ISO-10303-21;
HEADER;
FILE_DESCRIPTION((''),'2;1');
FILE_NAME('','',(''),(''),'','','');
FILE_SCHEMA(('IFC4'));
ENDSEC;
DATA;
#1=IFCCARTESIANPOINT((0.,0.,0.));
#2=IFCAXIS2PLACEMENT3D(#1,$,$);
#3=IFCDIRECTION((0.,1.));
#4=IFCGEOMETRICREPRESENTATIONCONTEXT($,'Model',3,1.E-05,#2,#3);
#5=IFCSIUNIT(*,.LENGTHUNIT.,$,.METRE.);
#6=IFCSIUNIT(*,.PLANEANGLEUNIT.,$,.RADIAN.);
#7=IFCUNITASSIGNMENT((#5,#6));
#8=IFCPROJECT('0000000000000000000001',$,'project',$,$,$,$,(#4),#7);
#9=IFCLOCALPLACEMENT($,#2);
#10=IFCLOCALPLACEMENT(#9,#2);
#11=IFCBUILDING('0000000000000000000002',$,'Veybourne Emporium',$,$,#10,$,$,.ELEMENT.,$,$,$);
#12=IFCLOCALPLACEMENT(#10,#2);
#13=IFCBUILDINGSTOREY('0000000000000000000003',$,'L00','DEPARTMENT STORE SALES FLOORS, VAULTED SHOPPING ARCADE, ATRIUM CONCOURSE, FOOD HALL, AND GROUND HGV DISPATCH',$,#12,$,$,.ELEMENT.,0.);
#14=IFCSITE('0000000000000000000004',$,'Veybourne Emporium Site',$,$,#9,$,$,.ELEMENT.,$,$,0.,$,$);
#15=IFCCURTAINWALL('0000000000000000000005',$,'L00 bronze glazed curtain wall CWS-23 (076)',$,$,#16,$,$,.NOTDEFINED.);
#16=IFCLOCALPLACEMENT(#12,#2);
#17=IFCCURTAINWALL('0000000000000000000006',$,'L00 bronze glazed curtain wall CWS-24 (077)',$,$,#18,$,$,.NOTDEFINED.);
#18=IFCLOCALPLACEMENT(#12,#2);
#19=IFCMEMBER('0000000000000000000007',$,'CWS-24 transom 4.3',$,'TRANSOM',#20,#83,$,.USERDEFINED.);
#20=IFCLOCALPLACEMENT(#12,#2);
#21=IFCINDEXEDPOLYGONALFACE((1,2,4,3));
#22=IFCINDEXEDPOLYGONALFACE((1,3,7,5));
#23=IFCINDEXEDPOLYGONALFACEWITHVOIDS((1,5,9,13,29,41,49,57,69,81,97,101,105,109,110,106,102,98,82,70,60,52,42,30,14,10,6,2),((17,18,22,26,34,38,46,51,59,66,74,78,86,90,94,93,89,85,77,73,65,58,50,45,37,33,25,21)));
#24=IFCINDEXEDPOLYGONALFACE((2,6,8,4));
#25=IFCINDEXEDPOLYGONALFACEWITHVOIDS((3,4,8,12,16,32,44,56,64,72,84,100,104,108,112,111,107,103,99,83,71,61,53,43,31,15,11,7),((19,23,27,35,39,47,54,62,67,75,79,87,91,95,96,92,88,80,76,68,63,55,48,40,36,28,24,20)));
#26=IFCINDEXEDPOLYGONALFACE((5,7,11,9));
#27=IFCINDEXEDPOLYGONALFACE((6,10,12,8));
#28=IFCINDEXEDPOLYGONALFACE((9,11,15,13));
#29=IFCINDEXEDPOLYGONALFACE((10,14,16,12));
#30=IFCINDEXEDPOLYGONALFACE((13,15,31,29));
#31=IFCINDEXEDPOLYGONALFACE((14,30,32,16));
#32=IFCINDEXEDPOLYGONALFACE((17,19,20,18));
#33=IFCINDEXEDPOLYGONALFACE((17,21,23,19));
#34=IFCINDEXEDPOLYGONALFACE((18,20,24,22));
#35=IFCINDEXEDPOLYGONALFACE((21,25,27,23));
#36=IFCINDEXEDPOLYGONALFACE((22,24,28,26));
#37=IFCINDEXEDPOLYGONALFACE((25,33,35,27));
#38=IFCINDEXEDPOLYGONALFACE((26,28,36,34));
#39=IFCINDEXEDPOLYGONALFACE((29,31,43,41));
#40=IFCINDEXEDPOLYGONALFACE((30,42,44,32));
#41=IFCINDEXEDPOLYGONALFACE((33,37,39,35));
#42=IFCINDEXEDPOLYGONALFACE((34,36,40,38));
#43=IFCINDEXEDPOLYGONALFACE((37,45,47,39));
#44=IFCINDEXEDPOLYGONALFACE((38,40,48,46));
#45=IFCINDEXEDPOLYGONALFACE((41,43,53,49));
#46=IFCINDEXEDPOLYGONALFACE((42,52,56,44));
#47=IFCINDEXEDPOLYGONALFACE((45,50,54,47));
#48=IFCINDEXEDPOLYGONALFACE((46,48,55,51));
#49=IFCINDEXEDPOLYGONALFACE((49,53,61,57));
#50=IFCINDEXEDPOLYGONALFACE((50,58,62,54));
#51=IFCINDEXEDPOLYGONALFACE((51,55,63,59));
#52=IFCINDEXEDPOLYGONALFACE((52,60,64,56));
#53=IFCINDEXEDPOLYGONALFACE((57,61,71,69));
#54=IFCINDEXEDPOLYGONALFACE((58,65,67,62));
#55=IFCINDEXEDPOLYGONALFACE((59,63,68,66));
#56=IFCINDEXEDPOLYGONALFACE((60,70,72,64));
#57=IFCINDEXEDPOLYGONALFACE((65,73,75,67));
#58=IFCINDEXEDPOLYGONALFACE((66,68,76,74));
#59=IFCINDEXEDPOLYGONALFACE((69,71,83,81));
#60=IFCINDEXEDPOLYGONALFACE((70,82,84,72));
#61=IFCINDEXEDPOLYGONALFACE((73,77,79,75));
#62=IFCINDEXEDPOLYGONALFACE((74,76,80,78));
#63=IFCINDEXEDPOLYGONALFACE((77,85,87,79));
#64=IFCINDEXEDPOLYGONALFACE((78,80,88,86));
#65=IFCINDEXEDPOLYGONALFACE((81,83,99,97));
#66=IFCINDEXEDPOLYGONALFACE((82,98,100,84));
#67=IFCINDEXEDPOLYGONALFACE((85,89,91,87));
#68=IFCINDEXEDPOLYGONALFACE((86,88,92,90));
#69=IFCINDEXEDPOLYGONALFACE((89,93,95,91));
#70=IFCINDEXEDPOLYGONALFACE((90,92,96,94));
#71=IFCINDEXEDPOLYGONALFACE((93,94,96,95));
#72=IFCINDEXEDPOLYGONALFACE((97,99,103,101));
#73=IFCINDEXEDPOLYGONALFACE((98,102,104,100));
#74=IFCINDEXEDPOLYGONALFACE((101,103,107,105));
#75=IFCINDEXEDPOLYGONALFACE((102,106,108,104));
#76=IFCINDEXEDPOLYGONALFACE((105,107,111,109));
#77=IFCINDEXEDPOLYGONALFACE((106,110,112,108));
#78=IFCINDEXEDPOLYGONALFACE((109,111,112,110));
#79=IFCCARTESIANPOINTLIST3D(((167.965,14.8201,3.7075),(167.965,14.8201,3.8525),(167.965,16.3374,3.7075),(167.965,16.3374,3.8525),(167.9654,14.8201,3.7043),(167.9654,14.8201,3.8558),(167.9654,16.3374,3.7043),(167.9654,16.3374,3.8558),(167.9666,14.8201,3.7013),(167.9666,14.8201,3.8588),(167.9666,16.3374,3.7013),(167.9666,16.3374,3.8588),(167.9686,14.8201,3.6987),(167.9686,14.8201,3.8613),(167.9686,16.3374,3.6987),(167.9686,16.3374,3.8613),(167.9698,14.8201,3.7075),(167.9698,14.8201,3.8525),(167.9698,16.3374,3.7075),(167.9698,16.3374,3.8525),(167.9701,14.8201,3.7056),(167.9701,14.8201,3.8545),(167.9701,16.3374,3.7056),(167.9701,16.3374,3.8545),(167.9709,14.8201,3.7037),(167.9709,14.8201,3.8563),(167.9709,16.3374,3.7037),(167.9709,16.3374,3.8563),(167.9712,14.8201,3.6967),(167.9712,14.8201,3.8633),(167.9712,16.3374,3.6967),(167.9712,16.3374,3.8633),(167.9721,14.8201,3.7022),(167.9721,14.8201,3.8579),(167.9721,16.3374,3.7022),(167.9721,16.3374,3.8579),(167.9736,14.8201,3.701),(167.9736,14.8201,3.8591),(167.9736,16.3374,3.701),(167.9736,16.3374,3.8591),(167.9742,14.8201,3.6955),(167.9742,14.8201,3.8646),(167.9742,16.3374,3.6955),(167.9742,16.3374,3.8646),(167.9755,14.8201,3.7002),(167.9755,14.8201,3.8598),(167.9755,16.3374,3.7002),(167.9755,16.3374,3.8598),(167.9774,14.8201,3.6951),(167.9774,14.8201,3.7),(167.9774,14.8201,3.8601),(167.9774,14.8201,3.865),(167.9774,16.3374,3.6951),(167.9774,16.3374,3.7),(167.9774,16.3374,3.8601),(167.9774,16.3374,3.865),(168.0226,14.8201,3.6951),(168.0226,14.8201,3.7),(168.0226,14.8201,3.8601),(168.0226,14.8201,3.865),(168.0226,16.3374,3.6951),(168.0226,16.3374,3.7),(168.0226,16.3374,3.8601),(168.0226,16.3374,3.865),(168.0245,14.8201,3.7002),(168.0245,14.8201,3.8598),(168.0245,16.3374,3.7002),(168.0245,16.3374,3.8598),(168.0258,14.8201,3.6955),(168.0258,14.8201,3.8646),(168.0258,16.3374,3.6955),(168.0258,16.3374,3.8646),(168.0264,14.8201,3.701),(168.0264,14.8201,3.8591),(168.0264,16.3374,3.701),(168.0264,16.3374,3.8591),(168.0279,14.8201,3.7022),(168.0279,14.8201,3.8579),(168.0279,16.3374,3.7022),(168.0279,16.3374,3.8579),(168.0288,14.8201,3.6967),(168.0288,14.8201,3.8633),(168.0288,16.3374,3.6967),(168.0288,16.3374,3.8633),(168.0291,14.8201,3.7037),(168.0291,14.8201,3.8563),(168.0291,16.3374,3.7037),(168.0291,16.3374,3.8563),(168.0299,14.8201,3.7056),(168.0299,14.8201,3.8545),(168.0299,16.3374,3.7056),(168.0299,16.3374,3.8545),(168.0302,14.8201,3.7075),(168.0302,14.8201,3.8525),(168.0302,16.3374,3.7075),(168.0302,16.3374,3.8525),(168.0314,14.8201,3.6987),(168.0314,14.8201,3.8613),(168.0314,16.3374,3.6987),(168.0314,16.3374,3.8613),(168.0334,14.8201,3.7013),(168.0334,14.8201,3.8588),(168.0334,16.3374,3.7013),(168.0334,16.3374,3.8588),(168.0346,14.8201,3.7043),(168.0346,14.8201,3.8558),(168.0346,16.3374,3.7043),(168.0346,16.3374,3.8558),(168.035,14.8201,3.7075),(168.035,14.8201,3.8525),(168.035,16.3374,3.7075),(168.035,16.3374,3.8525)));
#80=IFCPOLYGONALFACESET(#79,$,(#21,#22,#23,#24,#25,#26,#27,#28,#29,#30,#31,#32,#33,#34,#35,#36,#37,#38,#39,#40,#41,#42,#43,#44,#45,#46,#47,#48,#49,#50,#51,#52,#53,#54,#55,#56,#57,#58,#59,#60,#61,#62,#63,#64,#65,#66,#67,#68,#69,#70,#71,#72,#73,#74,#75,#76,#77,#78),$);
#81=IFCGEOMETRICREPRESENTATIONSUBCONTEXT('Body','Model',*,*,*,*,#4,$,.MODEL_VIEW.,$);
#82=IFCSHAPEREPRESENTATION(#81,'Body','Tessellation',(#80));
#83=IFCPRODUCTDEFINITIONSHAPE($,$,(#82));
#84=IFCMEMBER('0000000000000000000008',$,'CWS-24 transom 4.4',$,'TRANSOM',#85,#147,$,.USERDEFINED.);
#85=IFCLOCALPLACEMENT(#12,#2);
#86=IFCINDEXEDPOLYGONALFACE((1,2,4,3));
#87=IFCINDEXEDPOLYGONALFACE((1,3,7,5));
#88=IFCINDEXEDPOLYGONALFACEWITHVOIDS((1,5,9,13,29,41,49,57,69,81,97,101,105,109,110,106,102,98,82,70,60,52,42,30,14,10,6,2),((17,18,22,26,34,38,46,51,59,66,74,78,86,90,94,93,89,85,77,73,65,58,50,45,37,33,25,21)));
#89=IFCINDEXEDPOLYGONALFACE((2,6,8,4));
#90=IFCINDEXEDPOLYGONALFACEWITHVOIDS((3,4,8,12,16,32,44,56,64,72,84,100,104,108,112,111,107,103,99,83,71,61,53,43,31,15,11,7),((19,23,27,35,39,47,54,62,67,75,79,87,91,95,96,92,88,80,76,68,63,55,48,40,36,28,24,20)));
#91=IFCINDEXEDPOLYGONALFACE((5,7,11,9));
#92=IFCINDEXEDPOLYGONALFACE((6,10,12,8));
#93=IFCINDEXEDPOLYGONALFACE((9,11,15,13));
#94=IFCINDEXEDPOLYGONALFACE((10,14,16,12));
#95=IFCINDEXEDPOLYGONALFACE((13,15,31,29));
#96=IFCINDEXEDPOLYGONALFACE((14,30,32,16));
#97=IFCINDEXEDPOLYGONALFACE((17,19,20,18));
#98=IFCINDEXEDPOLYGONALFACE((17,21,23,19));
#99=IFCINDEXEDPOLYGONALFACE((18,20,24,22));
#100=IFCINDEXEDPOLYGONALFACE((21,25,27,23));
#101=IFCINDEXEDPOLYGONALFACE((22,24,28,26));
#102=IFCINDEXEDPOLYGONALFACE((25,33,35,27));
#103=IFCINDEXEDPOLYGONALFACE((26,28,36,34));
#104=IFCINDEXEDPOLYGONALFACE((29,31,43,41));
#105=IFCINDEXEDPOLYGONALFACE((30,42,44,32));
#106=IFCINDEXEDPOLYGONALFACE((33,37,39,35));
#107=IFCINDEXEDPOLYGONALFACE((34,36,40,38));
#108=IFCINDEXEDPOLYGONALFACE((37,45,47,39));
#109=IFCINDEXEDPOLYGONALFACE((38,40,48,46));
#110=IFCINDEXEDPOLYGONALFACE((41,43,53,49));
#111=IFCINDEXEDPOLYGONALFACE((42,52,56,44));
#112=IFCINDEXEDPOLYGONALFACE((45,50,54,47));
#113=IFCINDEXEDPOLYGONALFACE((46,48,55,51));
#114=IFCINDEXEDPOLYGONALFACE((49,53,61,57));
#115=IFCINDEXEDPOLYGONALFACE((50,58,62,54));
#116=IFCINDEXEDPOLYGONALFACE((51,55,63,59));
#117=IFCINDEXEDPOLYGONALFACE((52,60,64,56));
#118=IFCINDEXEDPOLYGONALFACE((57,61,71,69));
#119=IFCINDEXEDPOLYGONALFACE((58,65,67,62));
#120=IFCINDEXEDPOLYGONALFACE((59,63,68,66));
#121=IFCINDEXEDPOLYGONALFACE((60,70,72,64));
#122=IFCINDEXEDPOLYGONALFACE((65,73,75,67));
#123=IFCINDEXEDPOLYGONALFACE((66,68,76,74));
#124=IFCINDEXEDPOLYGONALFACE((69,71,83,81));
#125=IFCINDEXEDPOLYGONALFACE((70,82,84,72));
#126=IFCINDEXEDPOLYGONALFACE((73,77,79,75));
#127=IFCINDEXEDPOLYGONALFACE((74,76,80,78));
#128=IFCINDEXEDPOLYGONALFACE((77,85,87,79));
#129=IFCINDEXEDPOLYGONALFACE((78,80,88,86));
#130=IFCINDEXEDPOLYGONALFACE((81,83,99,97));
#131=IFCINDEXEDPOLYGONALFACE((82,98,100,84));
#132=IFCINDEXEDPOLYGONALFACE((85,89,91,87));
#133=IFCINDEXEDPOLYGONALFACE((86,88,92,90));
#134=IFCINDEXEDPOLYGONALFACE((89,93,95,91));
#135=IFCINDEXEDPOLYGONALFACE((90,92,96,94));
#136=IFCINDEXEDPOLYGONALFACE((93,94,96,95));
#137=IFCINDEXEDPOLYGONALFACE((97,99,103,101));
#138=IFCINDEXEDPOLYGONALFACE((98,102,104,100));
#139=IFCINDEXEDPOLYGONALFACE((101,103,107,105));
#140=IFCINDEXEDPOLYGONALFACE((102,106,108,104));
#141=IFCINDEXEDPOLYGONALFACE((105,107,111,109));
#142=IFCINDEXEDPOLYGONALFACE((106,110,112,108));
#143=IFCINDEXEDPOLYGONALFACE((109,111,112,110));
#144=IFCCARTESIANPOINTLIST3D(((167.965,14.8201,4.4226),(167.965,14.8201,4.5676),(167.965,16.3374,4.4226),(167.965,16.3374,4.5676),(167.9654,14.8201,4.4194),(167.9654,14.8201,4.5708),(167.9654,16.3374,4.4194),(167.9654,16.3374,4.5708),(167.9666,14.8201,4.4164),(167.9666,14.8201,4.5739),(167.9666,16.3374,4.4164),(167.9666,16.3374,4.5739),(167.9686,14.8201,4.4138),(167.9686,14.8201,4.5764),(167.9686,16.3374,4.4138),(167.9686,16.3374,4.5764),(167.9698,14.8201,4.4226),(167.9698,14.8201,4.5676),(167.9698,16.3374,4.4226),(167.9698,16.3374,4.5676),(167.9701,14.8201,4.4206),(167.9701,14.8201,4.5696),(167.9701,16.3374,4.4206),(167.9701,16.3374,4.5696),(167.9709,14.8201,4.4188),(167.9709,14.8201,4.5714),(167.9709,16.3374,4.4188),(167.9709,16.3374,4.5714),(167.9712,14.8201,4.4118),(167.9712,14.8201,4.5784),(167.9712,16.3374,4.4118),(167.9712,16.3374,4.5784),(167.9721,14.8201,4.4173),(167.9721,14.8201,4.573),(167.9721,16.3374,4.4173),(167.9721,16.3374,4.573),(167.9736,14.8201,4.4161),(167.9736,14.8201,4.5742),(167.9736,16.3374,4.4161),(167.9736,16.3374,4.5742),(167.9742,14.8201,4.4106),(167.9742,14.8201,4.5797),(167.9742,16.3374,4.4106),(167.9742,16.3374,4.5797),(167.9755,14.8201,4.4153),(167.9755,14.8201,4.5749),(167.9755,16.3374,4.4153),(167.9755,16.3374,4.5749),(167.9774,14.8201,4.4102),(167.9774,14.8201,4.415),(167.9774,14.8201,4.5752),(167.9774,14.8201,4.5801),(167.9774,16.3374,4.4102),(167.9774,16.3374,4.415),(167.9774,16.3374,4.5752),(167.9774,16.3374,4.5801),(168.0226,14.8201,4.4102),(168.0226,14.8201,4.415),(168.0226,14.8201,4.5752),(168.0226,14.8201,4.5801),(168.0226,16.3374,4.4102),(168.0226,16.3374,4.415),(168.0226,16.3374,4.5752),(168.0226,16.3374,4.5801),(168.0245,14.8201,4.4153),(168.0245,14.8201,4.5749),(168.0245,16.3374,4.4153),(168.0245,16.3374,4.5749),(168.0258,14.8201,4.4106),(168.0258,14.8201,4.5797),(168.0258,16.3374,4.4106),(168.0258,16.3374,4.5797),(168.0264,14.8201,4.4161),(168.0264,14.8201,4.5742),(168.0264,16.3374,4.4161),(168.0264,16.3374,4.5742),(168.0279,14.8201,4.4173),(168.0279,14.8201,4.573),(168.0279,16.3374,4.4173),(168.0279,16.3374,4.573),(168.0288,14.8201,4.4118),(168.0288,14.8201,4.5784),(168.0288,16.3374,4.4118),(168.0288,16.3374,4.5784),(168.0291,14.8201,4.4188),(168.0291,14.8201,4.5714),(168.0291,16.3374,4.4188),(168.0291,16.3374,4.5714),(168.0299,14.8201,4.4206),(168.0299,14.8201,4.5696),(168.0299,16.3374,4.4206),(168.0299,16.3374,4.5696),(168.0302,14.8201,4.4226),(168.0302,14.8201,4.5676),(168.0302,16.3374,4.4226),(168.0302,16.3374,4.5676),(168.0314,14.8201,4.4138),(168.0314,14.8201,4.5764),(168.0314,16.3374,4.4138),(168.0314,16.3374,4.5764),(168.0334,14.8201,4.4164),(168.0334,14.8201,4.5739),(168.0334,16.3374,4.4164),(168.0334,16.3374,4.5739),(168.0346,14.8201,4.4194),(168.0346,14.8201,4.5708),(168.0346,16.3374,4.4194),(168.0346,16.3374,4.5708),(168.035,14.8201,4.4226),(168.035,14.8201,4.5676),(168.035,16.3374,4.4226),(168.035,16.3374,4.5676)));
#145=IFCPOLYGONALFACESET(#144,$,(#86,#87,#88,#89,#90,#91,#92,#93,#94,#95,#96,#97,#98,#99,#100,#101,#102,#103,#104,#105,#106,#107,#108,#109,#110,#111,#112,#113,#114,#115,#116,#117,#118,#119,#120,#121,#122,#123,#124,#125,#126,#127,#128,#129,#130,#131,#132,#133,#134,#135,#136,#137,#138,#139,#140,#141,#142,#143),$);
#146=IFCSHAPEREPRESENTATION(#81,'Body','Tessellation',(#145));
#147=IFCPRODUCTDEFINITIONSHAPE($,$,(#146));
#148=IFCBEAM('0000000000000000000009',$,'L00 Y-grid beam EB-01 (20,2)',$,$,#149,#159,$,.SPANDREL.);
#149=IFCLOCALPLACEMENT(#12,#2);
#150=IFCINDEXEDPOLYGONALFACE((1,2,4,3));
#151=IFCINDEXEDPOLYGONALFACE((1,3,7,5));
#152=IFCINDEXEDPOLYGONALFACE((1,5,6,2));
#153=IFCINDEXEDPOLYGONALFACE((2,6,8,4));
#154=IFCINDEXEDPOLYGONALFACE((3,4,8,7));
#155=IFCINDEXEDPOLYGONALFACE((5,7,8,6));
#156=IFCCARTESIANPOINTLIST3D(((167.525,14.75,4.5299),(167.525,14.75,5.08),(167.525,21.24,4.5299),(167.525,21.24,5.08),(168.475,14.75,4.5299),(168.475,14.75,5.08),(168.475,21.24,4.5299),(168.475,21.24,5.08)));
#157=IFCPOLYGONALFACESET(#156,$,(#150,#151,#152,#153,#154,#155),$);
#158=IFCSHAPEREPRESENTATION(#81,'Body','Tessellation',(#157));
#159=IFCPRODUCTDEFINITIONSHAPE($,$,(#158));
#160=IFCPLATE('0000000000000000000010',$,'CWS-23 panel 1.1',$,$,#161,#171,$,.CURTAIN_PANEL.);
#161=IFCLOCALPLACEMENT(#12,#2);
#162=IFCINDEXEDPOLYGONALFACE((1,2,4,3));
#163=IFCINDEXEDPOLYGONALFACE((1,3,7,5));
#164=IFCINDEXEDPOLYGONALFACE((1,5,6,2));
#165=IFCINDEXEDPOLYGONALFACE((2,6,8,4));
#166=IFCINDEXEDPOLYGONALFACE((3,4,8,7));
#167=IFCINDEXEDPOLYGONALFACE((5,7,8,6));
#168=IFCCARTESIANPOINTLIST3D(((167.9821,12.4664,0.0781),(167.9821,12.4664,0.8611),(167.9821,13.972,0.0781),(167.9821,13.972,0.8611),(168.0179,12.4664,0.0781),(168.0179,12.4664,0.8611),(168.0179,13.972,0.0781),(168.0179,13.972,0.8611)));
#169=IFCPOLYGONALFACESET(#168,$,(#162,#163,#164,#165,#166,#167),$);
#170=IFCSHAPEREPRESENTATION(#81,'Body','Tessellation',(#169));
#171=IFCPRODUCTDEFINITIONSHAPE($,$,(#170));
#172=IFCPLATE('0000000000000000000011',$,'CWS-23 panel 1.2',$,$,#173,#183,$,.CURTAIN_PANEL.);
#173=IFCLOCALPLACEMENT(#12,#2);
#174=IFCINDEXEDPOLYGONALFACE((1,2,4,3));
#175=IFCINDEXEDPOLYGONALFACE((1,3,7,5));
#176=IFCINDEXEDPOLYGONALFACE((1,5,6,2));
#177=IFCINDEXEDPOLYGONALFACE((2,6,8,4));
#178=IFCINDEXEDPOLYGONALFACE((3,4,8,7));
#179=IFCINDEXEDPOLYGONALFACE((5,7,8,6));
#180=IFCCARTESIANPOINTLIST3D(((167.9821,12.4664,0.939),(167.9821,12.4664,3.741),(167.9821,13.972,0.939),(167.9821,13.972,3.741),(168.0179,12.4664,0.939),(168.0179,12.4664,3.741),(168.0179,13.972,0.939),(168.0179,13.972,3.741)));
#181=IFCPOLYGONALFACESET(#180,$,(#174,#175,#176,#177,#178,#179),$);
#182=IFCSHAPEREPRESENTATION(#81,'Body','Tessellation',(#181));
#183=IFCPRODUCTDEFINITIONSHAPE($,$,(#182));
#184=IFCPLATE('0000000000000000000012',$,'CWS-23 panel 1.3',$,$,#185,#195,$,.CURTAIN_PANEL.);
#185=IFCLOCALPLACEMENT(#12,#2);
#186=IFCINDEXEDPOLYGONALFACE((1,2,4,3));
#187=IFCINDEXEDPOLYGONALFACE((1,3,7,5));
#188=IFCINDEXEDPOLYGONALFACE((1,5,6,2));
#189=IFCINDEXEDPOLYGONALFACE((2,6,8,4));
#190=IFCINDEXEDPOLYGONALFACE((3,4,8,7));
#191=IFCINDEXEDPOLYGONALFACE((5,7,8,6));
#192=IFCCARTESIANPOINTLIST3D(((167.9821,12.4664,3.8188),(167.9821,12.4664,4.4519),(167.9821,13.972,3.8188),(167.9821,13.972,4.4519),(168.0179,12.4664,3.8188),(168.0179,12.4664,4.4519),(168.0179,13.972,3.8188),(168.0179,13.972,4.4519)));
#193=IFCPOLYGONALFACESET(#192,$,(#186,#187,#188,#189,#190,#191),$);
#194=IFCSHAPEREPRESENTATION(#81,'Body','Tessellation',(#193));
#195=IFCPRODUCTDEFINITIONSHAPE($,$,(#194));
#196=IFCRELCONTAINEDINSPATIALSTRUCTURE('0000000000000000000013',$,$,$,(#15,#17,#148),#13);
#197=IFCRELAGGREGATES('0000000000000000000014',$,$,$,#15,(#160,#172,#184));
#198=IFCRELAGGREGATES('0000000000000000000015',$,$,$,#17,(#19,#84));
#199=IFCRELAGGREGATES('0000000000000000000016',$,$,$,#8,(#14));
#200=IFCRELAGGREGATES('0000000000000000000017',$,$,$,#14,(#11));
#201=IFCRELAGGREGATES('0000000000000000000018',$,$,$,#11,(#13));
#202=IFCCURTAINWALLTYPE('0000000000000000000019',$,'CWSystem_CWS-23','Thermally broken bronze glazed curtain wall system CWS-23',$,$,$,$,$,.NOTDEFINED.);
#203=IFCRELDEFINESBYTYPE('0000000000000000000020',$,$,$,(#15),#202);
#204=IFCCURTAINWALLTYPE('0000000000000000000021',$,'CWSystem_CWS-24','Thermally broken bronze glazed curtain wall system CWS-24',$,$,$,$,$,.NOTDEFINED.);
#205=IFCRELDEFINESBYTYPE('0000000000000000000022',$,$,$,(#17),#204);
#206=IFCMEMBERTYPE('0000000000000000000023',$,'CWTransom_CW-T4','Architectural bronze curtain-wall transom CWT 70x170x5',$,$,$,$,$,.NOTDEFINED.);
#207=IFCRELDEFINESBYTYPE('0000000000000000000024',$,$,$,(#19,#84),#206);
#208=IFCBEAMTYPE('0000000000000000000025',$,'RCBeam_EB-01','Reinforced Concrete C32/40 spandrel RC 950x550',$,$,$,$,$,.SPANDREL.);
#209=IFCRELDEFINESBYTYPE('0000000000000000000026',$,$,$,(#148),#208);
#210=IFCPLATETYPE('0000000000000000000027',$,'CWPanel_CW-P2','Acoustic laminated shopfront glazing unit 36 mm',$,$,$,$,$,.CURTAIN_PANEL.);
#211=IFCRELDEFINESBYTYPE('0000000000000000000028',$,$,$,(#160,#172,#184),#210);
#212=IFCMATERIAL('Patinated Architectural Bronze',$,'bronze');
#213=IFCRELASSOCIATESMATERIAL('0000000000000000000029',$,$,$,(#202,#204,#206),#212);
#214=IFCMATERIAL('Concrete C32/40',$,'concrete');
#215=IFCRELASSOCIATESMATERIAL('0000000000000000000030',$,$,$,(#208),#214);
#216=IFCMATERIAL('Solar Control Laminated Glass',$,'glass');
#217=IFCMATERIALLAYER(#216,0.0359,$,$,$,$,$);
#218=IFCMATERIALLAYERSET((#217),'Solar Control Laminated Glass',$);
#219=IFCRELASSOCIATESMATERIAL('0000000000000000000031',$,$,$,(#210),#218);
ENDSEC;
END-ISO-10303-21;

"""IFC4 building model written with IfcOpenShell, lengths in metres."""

from ifc_helpers import new_model, si_unit, direction, frame, origin, origin_2d, place, context, subcontext, project, spatial, rectangle, hollow_rectangle, extrude, material, layer, layer_set, material_profile, profile_set, type_object, element, aggregate, save


model = new_model("IFC4")

# Units and contexts
model_context = context("Model", 3, precision=1e-05, world=origin(), true_north=direction((0.0, 1.0)))
body_context = subcontext(model_context, "Body", "Model", "MODEL_VIEW")
ifc_project = project(units=[si_unit("LENGTHUNIT", "METRE"), si_unit("PLANEANGLEUNIT", "RADIAN")], contexts=[model_context])

# Site, building, storey
site_placement = place(None, origin())
site = spatial("IfcSite", under=ifc_project, at=site_placement, Name="Veybourne Emporium Site", CompositionType="ELEMENT", RefElevation=0.0)
building_placement = place(site_placement, origin())
building = spatial("IfcBuilding", under=site, at=building_placement, Name="Veybourne Emporium", CompositionType="ELEMENT")
storey_placement = place(building_placement, origin())
storey = spatial("IfcBuildingStorey", under=building, at=storey_placement, Name="L00", Description="DEPARTMENT STORE SALES FLOORS, VAULTED SHOPPING ARCADE, ATRIUM CONCOURSE, FOOD HALL, AND GROUND HGV DISPATCH", CompositionType="ELEMENT", Elevation=0.0)

# Curtain walls
ifc_material_1 = material(Name="Patinated Architectural Bronze", Category="bronze")
curtain_wall_type_1 = type_object("IfcCurtainWallType", Name="CWSystem_CWS-23", Description="Thermally broken bronze glazed curtain wall system CWS-23", PredefinedType="NOTDEFINED", material=ifc_material_1)
curtain_wall_1_placement = place(storey_placement, origin())
curtain_wall_1 = element("IfcCurtainWall", 1, at=curtain_wall_1_placement, inside=storey, type_object=curtain_wall_type_1, Name="L00 bronze glazed curtain wall CWS-23 (076)", PredefinedType="NOTDEFINED")
curtain_wall_type_2 = type_object("IfcCurtainWallType", Name="CWSystem_CWS-24", Description="Thermally broken bronze glazed curtain wall system CWS-24", PredefinedType="NOTDEFINED", material=ifc_material_1)
curtain_wall_2_placement = place(storey_placement, origin())
curtain_wall_2 = element("IfcCurtainWall", 2, at=curtain_wall_2_placement, inside=storey, type_object=curtain_wall_type_2, Name="L00 bronze glazed curtain wall CWS-24 (077)", PredefinedType="NOTDEFINED")

# Members
ifc_material_profile_1 = material_profile(ifc_material_1, hollow_rectangle(XDim=0.0701, YDim=0.1699, WallThickness=0.0049, InnerFilletRadius=0.0076, OuterFilletRadius=0.0125, at=origin_2d()), Name="CWT 70x170x5")
ifc_profile_set_1 = profile_set([ifc_material_profile_1], Name="Patinated Architectural Bronze")
member_type_1 = type_object("IfcMemberType", Name="CWTransom_CW-T4", Description="Architectural bronze curtain-wall transom CWT 70x170x5", PredefinedType="NOTDEFINED", material=ifc_profile_set_1)
member_1_placement = place(storey_placement, frame((168.0, 16.3374, 3.78), z_axis=(0.0, -1.0, 0.0), x_axis=(1.0, 0.0, 0.0)))
member_1 = element("IfcMember", 3, at=member_1_placement, type_object=member_type_1, Name="CWS-24 transom 4.3", ObjectType="TRANSOM", PredefinedType="USERDEFINED", context=body_context, shape_type="SweptSolid", body=[
    extrude(hollow_rectangle(XDim=0.0701, YDim=0.1699, WallThickness=0.0049, InnerFilletRadius=0.0076, OuterFilletRadius=0.0125, at=origin_2d()), origin(), (0.0, 0.0, 1.0), 1.5173),
])
member_2_placement = place(storey_placement, frame((168.0, 16.3374, 4.4951), z_axis=(0.0, -1.0, 0.0), x_axis=(1.0, 0.0, 0.0)))
member_2 = element("IfcMember", 4, at=member_2_placement, type_object=member_type_1, Name="CWS-24 transom 4.4", ObjectType="TRANSOM", PredefinedType="USERDEFINED", context=body_context, shape_type="SweptSolid", body=[
    extrude(hollow_rectangle(XDim=0.0701, YDim=0.1699, WallThickness=0.0049, InnerFilletRadius=0.0076, OuterFilletRadius=0.0125, at=origin_2d()), origin(), (0.0, 0.0, 1.0), 1.5173),
])

# Beam
ifc_material_2 = material(Name="Concrete C32/40", Category="concrete")
ifc_material_profile_2 = material_profile(ifc_material_2, rectangle(XDim=0.95, YDim=0.55, at=origin_2d()), Name="RC 950x550")
ifc_profile_set_2 = profile_set([ifc_material_profile_2], Name="Concrete C32/40")
beam_type = type_object("IfcBeamType", Name="RCBeam_EB-01", Description="Reinforced Concrete C32/40 spandrel RC 950x550", PredefinedType="SPANDREL", material=ifc_profile_set_2)
beam_placement = place(storey_placement, frame((168.0, 14.75, 4.8049), z_axis=(0.0, 1.0, 0.0), x_axis=(-1.0, 0.0, 0.0)))
element("IfcBeam", 5, at=beam_placement, inside=storey, type_object=beam_type, Name="L00 Y-grid beam EB-01 (20,2)", PredefinedType="SPANDREL", context=body_context, shape_type="SweptSolid", body=[
    extrude(rectangle(XDim=0.95, YDim=0.55, at=origin_2d()), origin(), (0.0, 0.0, 1.0), 6.49),
])

# Plates
ifc_material_3 = material(Name="Solar Control Laminated Glass", Category="glass")
ifc_layer = layer(ifc_material_3, 0.0359)
ifc_layer_set = layer_set([ifc_layer], Name="Solar Control Laminated Glass")
plate_type = type_object("IfcPlateType", Name="CWPanel_CW-P2", Description="Acoustic laminated shopfront glazing unit 36 mm", PredefinedType="CURTAIN_PANEL", material=ifc_layer_set)
plate_1_placement = place(storey_placement, frame((168.0, 13.2192, 0.0781), z_axis=(0.0, 0.0, 1.0), x_axis=(0.0, -1.0, 0.0)))
plate_1 = element("IfcPlate", 6, at=plate_1_placement, type_object=plate_type, Name="CWS-23 panel 1.1", PredefinedType="CURTAIN_PANEL", context=body_context, shape_type="SweptSolid", body=[
    extrude(rectangle(XDim=1.5056, YDim=0.0359, at=origin_2d()), origin(), (0.0, 0.0, 1.0), 0.783),
])
plate_2_placement = place(storey_placement, frame((168.0, 13.2192, 0.939), z_axis=(0.0, 0.0, 1.0), x_axis=(0.0, -1.0, 0.0)))
plate_2 = element("IfcPlate", 7, at=plate_2_placement, type_object=plate_type, Name="CWS-23 panel 1.2", PredefinedType="CURTAIN_PANEL", context=body_context, shape_type="SweptSolid", body=[
    extrude(rectangle(XDim=1.5056, YDim=0.0359, at=origin_2d()), origin(), (0.0, 0.0, 1.0), 2.802),
])
plate_3_placement = place(storey_placement, frame((168.0, 13.2192, 3.8188), z_axis=(0.0, 0.0, 1.0), x_axis=(0.0, -1.0, 0.0)))
plate_3 = element("IfcPlate", 8, at=plate_3_placement, type_object=plate_type, Name="CWS-23 panel 1.3", PredefinedType="CURTAIN_PANEL", context=body_context, shape_type="SweptSolid", body=[
    extrude(rectangle(XDim=1.5056, YDim=0.0359, at=origin_2d()), origin(), (0.0, 0.0, 1.0), 0.6331),
])
aggregate(curtain_wall_1, [plate_1, plate_2, plate_3])
aggregate(curtain_wall_2, [member_1, member_2])

save(model, "model.ifc")
